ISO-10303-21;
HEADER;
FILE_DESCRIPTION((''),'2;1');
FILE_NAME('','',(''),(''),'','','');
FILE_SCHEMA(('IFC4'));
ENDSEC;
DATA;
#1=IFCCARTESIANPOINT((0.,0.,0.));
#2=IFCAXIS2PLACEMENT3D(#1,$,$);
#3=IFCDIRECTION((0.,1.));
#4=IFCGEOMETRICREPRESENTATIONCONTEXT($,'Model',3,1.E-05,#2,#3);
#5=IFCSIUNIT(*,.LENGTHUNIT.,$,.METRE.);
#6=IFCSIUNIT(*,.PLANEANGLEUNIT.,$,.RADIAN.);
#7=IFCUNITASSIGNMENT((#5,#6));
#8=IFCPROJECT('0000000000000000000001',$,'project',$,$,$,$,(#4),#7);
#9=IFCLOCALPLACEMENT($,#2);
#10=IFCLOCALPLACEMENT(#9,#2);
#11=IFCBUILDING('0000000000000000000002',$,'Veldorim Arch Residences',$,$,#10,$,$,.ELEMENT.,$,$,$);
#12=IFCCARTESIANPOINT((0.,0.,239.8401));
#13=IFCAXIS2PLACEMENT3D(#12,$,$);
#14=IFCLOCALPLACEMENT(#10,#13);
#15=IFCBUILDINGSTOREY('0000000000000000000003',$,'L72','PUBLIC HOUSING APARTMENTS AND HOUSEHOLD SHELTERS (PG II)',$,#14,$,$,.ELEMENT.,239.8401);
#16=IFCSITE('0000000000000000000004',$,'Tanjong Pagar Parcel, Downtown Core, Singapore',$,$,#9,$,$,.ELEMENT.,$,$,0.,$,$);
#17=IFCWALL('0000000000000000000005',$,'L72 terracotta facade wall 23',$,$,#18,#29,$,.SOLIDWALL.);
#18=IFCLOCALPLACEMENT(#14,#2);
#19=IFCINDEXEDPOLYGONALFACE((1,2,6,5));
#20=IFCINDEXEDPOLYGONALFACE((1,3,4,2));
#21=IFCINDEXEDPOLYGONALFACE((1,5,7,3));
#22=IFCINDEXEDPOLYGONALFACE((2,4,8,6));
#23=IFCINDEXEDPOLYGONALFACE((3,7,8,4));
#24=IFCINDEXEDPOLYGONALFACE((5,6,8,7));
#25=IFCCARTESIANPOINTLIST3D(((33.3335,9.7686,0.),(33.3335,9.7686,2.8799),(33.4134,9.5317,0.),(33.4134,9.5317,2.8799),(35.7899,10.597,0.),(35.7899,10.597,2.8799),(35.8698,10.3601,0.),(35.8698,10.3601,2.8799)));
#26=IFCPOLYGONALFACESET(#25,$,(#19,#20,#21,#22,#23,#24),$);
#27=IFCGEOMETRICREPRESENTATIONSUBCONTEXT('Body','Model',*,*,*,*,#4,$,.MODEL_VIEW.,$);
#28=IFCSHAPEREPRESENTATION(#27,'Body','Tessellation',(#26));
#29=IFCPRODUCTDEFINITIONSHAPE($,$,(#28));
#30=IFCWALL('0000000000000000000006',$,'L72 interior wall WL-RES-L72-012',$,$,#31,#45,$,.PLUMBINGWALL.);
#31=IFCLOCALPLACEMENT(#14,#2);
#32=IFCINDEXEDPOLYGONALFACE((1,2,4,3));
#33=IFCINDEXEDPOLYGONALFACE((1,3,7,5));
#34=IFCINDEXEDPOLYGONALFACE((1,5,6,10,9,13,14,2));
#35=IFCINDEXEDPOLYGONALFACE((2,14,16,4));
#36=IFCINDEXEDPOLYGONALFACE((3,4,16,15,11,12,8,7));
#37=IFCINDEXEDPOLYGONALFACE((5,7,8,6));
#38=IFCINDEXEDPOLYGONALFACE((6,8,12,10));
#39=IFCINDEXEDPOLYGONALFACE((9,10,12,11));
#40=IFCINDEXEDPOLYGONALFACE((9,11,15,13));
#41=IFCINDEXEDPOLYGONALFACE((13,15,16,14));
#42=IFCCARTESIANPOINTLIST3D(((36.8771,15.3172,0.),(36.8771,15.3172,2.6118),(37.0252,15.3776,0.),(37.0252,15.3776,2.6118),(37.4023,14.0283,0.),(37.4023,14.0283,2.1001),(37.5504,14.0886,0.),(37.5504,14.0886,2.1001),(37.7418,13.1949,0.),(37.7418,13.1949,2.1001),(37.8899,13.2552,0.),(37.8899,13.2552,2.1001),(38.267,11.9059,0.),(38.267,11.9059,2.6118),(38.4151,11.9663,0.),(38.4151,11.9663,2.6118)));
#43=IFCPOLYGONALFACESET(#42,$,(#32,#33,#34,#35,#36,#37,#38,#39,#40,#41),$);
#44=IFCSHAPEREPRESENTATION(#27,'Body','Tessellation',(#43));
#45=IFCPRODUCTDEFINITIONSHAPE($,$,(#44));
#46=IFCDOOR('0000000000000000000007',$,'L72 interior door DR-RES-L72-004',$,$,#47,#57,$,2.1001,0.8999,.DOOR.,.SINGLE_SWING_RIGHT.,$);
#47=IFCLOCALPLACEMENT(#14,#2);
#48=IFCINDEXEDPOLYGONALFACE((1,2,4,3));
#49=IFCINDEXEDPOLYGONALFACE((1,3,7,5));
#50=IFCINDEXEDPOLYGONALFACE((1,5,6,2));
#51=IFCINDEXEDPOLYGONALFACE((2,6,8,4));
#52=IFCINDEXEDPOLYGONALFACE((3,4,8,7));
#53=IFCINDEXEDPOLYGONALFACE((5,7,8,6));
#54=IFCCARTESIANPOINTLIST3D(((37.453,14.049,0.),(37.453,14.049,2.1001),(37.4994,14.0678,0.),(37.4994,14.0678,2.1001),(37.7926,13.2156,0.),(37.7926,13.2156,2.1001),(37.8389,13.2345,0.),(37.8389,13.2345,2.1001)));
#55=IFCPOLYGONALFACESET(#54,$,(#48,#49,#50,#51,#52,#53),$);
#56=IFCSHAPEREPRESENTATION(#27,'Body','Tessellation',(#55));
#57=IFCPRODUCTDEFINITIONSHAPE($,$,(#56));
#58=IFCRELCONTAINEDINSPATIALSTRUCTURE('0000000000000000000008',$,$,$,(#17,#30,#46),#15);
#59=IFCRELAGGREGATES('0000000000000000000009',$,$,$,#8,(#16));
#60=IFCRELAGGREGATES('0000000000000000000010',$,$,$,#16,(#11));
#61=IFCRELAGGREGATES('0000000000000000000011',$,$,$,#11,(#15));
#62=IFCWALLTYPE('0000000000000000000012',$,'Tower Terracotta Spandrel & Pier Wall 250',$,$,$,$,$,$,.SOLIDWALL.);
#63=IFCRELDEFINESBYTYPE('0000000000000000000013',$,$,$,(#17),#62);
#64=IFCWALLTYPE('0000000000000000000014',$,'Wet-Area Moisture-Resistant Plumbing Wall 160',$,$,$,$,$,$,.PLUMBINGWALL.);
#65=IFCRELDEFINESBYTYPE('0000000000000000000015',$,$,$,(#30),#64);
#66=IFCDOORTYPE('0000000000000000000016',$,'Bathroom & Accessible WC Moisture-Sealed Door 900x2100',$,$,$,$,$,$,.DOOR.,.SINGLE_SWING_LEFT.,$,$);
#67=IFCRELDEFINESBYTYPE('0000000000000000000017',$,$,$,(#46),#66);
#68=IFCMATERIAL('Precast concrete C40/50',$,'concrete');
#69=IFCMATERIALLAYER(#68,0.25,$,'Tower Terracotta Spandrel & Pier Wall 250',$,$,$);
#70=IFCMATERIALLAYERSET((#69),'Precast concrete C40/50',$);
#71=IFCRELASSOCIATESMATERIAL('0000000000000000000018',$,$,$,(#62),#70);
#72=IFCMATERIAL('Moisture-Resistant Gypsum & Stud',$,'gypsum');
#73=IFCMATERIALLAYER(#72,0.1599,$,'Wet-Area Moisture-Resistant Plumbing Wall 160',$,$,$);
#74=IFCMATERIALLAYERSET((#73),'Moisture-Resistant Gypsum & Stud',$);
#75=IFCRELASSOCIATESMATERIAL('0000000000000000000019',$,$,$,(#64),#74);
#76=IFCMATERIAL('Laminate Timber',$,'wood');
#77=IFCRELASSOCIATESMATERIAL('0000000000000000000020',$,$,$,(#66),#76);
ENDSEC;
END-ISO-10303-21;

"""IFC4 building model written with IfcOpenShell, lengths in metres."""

from ifc_helpers import new_model, si_unit, direction, frame, frame_2d, origin, place, context, subcontext, project, spatial, rectangle, extrude, material, layer, layer_set, type_object, element, fill, save


model = new_model("IFC4")

# Units and contexts
model_context = context("Model", 3, precision=1e-05, world=origin(), true_north=direction((0.0, 1.0)))
body_context = subcontext(model_context, "Body", "Model", "MODEL_VIEW")
ifc_project = project(units=[si_unit("LENGTHUNIT", "METRE"), si_unit("PLANEANGLEUNIT", "RADIAN")], contexts=[model_context])

# Site, building, storey
site_placement = place(None, origin())
site = spatial("IfcSite", under=ifc_project, at=site_placement, Name="Tanjong Pagar Parcel, Downtown Core, Singapore", CompositionType="ELEMENT", RefElevation=0.0)
building_placement = place(site_placement, origin())
building = spatial("IfcBuilding", under=site, at=building_placement, Name="Veldorim Arch Residences", CompositionType="ELEMENT")
storey_placement = place(building_placement, frame((0.0, 0.0, 239.8401)))
storey = spatial("IfcBuildingStorey", under=building, at=storey_placement, Name="L72", Description="PUBLIC HOUSING APARTMENTS AND HOUSEHOLD SHELTERS (PG II)", CompositionType="ELEMENT", Elevation=239.8401)

# Shared definitions
ifc_material_1 = material(Name="Precast concrete C40/50", Category="concrete")
ifc_layer_1 = layer(ifc_material_1, 0.25, Name="Tower Terracotta Spandrel & Pier Wall 250")
ifc_layer_set_1 = layer_set([ifc_layer_1], Name="Precast concrete C40/50")
wall_type_1 = type_object("IfcWallType", Name="Tower Terracotta Spandrel & Pier Wall 250", PredefinedType="SOLIDWALL", material=ifc_layer_set_1)

# Wall
wall_1_placement = place(storey_placement, frame((35.8298, 10.4785, 0.0), z_axis=(0.0, 0.0, 1.0), x_axis=(-0.947566, -0.31956, 0.0)))
element("IfcWall", 1, at=wall_1_placement, inside=storey, type_object=wall_type_1, Name="L72 terracotta facade wall 23", PredefinedType="SOLIDWALL", context=body_context, shape_type="SweptSolid", body=[
    extrude(rectangle(XDim=2.5923, YDim=0.25, at=frame_2d((1.2961, 0.0))), origin(), (0.0, 0.0, 1.0), 2.8799),
])

# Wall, opening, door
ifc_material_2 = material(Name="Moisture-Resistant Gypsum & Stud", Category="gypsum")
ifc_layer_2 = layer(ifc_material_2, 0.1599, Name="Wet-Area Moisture-Resistant Plumbing Wall 160")
ifc_layer_set_2 = layer_set([ifc_layer_2], Name="Moisture-Resistant Gypsum & Stud")
wall_type_2 = type_object("IfcWallType", Name="Wet-Area Moisture-Resistant Plumbing Wall 160", PredefinedType="PLUMBINGWALL", material=ifc_layer_set_2)
wall_2_placement = place(storey_placement, frame((36.9512, 15.3474, 0.0), z_axis=(0.0, 0.0, 1.0), x_axis=(0.377314, -0.926085, 0.0)))
wall_2 = element("IfcWall", 2, at=wall_2_placement, inside=storey, type_object=wall_type_2, Name="L72 interior wall WL-RES-L72-012", PredefinedType="PLUMBINGWALL", context=body_context, shape_type="SweptSolid", body=[
    extrude(rectangle(XDim=3.6836, YDim=0.1599, at=frame_2d((1.8418, 0.0))), origin(), (0.0, 0.0, 1.0), 2.6118),
])
opening_1_placement = place(wall_2_placement, frame((1.3918, 0.0, 0.0)))
opening_1 = element("IfcOpeningElement", 3, at=opening_1_placement, cuts=wall_2, PredefinedType="OPENING", context=body_context, shape_type="SweptSolid", body=[
    extrude(rectangle(XDim=0.8999, YDim=2.1001, at=frame_2d((0.45, 1.05))), frame((0.0, 0.0898, 0.0), z_axis=(0.0, -1.0, 0.0), x_axis=(1.0, 0.0, 0.0)), (0.0, 0.0, 1.0), 0.1799),
])
ifc_material_3 = material(Name="Laminate Timber", Category="wood")
door_type_1 = type_object("IfcDoorType", Name="Bathroom & Accessible WC Moisture-Sealed Door 900x2100", OperationType="SINGLE_SWING_LEFT", PredefinedType="DOOR", material=ifc_material_3)
door_1_placement = place(opening_1_placement, origin())
door_1 = element("IfcDoor", 4, at=door_1_placement, inside=storey, type_object=door_type_1, Name="L72 interior door DR-RES-L72-004", OperationType="SINGLE_SWING_RIGHT", OverallHeight=2.1001, OverallWidth=0.8999, PredefinedType="DOOR", context=body_context, shape_type="SweptSolid", body=[
    extrude(rectangle(XDim=0.8999, YDim=2.1001, at=frame_2d((0.45, 1.05))), frame((0.0, 0.0249, 0.0), z_axis=(0.0, -1.0, 0.0), x_axis=(1.0, 0.0, 0.0)), (0.0, 0.0, 1.0), 0.05),
])
fill(opening_1, door_1)

save(model, "model.ifc")
